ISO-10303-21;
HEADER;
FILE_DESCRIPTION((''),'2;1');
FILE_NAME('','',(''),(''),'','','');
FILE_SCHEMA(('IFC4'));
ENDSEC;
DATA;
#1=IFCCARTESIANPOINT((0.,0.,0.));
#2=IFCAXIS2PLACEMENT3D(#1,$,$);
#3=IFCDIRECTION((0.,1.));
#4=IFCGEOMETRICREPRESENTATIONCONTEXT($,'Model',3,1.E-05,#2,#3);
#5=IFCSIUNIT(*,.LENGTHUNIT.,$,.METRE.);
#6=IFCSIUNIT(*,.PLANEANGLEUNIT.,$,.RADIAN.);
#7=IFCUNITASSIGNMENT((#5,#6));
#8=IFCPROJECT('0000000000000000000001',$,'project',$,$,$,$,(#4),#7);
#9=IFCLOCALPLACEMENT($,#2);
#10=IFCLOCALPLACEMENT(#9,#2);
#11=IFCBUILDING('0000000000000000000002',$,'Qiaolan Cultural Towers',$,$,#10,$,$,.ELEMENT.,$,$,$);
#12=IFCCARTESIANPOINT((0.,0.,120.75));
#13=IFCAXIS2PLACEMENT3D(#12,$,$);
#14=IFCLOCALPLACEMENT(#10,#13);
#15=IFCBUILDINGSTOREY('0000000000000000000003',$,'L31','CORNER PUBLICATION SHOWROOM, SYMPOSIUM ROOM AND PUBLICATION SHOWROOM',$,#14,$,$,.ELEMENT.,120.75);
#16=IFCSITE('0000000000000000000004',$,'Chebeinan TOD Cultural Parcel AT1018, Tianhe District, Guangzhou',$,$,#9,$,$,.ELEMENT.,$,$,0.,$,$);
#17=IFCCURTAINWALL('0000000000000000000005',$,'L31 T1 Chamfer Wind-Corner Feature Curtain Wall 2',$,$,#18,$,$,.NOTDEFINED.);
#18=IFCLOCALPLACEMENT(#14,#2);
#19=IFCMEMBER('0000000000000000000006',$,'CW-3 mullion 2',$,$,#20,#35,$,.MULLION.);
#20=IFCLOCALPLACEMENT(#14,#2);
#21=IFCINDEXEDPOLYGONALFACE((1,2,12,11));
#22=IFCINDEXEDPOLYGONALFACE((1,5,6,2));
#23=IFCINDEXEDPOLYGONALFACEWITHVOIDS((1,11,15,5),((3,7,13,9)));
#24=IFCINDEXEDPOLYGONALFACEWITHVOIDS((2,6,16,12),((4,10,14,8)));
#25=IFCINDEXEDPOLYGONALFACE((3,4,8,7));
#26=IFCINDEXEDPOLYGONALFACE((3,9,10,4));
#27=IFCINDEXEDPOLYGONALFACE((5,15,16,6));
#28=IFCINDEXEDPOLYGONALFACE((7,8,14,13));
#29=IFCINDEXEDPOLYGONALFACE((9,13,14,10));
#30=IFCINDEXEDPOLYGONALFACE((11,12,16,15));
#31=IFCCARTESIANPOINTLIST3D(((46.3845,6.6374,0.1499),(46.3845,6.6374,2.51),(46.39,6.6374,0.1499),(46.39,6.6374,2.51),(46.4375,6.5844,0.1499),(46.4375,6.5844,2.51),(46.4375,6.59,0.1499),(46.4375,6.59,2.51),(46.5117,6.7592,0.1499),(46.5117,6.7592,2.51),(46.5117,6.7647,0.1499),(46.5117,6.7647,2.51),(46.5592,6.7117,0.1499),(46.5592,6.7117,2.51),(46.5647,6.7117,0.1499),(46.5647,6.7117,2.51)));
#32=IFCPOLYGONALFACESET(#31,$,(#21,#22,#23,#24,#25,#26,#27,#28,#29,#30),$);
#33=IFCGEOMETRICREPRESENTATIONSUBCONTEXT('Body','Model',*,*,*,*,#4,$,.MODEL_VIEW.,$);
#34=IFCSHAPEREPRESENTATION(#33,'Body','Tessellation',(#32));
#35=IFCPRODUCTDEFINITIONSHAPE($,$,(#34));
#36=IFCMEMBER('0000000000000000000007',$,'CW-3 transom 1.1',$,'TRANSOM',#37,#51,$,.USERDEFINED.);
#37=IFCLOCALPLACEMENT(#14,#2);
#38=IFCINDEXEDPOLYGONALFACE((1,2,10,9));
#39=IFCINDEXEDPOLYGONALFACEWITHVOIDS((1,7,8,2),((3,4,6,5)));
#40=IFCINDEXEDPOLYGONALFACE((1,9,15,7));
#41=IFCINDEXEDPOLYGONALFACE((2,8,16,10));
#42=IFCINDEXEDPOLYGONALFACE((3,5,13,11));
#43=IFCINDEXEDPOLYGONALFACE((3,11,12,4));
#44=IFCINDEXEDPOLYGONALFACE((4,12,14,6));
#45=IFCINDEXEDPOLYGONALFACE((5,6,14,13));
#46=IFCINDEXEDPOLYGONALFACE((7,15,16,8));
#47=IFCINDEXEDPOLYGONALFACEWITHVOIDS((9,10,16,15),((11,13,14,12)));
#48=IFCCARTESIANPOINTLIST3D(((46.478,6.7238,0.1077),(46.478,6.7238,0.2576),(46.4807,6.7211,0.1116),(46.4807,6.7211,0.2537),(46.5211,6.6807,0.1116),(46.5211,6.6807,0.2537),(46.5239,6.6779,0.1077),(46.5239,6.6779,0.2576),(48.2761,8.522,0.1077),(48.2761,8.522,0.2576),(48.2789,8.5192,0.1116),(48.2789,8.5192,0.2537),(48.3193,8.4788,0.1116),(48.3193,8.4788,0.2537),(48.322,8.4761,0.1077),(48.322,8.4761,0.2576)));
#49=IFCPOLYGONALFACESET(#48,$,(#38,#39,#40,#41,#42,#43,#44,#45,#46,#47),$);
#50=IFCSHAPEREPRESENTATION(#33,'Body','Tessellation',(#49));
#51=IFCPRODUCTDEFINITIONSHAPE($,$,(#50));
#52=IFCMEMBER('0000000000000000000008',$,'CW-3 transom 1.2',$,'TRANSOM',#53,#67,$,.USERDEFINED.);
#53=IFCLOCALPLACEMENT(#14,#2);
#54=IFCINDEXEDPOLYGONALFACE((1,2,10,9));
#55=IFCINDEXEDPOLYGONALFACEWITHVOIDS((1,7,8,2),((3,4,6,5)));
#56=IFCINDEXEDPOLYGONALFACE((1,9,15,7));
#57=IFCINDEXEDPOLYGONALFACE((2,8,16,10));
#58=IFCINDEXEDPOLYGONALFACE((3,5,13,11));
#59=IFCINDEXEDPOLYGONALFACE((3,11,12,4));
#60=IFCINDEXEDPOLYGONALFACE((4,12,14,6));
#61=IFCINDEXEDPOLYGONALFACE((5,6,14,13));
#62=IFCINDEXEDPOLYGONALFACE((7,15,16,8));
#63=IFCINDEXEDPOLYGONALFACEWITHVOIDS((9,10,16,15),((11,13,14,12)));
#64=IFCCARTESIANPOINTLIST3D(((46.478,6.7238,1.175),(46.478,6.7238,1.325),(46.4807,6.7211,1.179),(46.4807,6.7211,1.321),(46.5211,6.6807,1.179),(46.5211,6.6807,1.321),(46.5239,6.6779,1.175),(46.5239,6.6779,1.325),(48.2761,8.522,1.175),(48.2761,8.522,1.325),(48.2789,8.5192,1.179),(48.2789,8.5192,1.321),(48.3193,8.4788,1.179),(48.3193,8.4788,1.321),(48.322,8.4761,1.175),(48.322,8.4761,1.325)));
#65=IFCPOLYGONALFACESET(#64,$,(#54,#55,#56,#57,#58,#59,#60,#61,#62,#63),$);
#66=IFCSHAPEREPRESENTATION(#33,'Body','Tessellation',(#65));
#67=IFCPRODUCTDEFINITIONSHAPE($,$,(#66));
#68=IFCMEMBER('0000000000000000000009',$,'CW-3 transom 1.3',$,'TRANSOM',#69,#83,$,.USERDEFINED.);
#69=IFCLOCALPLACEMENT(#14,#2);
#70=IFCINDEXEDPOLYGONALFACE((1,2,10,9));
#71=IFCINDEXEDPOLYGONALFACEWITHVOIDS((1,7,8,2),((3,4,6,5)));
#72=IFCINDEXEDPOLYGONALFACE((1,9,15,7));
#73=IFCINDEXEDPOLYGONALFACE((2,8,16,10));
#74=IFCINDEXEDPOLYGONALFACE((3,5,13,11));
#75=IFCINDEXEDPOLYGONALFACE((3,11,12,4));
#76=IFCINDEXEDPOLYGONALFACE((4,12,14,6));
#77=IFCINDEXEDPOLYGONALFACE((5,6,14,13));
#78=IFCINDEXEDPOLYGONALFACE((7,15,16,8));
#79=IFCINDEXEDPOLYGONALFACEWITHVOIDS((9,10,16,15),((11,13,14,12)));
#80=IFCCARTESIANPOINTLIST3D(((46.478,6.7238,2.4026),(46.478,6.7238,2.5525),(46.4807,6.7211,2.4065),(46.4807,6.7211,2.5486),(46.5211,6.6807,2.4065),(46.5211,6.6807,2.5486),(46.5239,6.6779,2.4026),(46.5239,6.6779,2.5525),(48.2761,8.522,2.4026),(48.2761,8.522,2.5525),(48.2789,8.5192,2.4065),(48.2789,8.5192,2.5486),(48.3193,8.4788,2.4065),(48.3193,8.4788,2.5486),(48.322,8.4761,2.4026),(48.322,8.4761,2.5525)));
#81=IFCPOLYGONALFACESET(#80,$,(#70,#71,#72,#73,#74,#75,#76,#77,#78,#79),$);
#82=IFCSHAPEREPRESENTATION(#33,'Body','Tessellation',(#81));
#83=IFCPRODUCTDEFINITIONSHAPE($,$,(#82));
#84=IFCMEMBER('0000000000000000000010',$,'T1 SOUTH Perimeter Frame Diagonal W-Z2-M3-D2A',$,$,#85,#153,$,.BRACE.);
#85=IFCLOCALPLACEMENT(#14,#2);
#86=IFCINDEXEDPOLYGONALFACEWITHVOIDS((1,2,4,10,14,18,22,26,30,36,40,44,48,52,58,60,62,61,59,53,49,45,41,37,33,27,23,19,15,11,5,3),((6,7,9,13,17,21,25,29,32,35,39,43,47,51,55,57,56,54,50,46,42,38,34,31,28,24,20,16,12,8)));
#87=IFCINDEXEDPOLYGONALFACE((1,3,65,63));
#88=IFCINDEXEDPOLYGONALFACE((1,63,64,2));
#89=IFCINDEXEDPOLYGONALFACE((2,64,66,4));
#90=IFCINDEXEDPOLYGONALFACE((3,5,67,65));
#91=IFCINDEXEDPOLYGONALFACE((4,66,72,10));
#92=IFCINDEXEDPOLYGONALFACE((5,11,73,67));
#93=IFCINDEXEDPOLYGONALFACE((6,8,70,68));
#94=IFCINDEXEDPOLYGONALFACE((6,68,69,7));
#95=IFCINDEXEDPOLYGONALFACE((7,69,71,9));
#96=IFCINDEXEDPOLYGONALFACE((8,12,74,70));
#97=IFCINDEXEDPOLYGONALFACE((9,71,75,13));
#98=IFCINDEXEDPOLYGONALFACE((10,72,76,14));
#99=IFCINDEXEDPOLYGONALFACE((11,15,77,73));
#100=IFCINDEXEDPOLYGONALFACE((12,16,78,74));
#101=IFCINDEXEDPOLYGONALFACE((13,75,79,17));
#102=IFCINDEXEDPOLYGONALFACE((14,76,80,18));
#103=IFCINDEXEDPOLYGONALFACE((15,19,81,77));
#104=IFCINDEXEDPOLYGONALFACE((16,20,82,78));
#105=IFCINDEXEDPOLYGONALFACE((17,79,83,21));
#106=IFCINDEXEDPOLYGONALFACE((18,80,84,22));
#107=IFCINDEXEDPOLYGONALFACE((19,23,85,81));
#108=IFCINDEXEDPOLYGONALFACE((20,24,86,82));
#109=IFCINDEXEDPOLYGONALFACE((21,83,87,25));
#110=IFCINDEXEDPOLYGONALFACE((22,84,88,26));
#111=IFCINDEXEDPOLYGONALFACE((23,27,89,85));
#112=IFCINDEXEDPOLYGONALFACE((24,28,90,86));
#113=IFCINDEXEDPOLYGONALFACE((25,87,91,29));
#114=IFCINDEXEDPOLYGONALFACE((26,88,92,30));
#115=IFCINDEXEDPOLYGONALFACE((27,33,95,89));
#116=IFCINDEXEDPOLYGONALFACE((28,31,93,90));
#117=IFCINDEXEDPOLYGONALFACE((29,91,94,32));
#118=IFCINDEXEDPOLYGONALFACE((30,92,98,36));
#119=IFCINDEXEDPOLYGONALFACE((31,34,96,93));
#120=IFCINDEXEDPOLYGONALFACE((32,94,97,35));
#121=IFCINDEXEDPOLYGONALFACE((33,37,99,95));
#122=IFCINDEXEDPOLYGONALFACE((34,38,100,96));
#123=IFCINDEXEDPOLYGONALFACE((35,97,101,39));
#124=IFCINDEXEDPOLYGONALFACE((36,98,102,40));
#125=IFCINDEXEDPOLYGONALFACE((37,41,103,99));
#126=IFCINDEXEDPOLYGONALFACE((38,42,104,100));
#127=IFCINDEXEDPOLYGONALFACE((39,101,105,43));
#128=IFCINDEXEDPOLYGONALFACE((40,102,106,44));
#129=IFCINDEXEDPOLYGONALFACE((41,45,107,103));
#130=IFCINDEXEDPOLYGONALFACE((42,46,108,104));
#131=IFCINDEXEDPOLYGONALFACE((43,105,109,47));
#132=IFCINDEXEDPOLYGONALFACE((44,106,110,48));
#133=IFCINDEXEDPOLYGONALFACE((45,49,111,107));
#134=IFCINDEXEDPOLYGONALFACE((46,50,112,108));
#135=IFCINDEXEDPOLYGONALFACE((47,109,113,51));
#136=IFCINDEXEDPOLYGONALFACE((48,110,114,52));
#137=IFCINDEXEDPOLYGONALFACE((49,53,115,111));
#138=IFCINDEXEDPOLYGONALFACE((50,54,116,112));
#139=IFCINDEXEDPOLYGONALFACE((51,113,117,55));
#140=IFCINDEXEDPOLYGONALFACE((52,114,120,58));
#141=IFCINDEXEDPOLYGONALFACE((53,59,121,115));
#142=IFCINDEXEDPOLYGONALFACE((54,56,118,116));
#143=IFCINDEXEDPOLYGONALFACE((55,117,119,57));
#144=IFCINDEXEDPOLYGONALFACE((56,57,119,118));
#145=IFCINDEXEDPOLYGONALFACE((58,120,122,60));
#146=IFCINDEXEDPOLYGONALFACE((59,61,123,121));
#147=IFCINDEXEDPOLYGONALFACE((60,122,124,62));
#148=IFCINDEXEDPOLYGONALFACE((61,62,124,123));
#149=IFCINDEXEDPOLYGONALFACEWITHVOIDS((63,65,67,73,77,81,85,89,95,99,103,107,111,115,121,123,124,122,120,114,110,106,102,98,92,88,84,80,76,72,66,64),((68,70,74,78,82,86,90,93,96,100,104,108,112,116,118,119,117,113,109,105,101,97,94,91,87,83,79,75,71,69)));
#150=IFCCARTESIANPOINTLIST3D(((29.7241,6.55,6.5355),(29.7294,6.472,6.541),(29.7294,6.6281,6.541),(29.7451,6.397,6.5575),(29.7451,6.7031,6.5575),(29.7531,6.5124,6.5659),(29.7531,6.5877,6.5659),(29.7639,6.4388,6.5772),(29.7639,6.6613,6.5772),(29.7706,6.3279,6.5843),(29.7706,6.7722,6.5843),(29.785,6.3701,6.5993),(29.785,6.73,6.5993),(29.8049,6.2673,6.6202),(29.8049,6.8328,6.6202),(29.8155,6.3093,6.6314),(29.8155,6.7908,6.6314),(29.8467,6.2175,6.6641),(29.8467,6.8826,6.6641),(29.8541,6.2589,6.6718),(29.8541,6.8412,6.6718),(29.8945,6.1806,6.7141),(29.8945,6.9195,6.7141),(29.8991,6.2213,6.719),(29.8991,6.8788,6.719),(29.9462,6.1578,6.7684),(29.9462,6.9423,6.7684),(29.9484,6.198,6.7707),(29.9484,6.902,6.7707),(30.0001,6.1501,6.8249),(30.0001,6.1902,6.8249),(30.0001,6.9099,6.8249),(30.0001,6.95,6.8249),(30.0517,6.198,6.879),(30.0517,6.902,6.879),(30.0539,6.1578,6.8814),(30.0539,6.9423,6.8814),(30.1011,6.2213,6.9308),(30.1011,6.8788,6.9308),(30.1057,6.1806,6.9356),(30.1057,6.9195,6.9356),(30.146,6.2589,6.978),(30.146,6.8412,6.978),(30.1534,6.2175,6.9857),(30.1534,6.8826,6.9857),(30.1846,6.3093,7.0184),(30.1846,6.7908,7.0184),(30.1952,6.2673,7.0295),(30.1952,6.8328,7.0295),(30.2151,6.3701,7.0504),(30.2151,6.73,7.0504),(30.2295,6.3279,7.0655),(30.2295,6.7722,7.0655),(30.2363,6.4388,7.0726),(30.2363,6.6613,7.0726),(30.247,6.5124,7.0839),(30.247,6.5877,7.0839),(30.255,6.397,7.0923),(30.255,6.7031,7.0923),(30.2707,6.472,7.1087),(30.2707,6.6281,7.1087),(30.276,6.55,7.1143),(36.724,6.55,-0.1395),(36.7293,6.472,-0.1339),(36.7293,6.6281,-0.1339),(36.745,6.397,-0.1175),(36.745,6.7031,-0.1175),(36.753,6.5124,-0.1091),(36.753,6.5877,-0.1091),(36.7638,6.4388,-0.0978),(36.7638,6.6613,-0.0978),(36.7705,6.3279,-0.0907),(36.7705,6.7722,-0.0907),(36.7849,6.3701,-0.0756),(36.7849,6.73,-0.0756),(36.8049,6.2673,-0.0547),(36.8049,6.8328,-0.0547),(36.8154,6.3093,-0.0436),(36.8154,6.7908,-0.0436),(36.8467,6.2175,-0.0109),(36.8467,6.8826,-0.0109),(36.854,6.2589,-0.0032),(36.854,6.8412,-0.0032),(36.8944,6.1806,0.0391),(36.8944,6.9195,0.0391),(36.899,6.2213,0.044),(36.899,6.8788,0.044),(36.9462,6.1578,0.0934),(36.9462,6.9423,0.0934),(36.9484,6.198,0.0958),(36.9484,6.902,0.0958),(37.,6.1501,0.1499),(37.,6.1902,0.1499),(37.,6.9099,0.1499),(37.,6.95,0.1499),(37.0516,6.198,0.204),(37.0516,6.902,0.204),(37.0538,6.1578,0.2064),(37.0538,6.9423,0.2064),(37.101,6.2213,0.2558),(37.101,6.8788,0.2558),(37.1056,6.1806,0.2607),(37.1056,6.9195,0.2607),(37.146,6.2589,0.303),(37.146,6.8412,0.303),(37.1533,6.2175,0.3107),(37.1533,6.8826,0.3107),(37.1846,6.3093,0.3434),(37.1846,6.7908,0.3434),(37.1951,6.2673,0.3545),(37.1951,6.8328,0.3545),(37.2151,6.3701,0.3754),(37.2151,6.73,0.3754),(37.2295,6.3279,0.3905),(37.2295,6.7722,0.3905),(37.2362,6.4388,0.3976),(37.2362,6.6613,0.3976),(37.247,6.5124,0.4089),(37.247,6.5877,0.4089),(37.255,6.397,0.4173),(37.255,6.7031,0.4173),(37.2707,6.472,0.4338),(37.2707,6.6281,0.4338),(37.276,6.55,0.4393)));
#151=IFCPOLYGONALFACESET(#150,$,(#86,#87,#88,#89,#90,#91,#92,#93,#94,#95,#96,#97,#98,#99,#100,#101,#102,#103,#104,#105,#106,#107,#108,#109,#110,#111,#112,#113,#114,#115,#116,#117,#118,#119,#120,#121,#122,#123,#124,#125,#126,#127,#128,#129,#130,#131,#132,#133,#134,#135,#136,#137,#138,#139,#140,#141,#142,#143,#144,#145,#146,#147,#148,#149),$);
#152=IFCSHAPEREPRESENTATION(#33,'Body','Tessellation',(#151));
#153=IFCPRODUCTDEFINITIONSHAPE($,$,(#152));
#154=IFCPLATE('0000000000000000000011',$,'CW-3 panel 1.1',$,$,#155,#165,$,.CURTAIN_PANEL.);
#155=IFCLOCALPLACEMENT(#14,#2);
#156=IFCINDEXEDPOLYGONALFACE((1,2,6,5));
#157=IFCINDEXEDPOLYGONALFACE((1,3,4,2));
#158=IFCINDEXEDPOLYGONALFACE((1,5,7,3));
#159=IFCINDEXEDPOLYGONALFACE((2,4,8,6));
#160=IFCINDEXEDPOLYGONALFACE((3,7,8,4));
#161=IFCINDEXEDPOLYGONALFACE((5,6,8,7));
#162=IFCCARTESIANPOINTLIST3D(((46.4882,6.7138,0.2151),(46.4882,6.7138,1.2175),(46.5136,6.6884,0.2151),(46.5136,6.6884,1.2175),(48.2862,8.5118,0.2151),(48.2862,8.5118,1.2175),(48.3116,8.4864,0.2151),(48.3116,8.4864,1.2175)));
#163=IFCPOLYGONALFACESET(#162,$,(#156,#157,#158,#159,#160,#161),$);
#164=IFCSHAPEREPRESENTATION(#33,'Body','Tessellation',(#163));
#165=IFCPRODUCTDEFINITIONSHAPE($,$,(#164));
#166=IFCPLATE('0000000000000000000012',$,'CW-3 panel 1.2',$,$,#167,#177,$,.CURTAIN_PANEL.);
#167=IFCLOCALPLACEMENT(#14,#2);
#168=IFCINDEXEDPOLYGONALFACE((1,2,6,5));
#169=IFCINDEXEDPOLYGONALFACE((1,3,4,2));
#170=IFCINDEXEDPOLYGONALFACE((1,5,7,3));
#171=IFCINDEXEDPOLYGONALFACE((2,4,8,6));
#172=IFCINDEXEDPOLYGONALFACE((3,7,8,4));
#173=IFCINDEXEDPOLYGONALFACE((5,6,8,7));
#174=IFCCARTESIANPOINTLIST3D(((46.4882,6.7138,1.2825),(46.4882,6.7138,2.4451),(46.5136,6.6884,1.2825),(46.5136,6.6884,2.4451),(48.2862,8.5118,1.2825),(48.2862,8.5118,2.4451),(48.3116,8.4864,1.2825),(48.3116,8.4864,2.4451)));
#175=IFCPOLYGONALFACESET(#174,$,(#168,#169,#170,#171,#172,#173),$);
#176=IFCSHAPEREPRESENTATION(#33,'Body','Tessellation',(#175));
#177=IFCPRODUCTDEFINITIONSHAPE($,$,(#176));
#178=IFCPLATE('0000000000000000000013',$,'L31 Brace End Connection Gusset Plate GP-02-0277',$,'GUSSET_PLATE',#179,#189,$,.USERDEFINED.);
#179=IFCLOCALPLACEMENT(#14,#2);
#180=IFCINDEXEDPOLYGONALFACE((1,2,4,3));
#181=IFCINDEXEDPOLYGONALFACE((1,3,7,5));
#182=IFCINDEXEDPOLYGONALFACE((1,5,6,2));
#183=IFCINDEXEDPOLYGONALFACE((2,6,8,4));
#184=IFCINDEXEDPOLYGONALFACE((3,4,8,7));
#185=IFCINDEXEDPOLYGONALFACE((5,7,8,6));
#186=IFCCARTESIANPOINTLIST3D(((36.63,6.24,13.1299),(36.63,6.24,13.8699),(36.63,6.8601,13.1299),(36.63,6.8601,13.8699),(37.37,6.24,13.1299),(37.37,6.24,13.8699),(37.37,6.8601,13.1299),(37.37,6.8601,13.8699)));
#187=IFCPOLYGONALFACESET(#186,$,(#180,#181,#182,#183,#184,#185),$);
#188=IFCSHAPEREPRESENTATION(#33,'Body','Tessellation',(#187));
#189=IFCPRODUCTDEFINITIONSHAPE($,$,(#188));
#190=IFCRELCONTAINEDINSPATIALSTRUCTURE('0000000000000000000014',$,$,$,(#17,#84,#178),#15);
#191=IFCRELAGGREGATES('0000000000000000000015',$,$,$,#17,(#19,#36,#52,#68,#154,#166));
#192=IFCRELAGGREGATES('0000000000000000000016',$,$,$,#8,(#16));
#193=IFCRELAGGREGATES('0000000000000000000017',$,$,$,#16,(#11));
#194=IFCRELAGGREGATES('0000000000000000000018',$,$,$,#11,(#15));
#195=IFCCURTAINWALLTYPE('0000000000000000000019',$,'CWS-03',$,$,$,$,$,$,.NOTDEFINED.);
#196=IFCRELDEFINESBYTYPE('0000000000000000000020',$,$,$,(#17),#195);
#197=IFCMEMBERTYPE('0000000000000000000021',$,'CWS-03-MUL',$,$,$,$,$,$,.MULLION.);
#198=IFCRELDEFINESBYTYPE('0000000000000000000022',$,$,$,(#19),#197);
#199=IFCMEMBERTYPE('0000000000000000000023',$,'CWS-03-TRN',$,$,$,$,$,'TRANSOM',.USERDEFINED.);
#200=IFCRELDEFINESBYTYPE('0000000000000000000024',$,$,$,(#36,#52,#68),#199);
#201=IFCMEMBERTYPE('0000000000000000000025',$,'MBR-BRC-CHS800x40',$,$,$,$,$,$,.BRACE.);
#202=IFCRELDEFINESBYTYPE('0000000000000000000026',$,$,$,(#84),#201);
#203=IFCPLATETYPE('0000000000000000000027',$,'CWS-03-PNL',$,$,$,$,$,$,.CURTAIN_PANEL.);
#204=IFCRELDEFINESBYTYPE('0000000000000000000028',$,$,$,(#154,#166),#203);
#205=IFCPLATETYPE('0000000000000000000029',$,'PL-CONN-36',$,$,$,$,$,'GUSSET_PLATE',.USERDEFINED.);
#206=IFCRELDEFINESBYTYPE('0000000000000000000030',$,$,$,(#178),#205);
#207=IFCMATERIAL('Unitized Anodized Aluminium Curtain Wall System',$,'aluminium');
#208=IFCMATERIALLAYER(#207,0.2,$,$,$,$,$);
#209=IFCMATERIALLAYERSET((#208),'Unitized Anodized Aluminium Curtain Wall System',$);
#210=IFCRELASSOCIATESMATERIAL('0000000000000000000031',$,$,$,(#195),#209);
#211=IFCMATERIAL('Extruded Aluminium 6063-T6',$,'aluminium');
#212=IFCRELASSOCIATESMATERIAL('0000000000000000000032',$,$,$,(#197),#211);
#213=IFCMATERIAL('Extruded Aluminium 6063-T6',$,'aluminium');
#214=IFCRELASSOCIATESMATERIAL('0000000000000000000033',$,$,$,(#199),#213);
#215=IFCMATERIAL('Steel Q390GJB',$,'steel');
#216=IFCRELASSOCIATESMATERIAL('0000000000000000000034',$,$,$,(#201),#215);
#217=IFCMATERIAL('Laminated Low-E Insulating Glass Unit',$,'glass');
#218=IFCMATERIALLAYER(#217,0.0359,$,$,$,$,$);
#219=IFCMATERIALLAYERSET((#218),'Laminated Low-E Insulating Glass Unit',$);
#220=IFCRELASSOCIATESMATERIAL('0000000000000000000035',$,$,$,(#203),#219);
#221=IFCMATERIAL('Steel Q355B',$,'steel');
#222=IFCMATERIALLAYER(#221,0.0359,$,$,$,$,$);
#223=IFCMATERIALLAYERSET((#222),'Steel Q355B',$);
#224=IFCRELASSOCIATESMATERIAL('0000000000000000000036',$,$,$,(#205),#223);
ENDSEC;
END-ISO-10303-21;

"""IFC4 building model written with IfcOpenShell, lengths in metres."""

from ifc_helpers import new_model, si_unit, direction, frame, origin, origin_2d, place, context, subcontext, project, spatial, rectangle, hollow_rectangle, hollow_circle, extrude, material, layer, layer_set, material_profile, profile_set, type_object, element, aggregate, save


model = new_model("IFC4")

# Units and contexts
model_context = context("Model", 3, precision=1e-05, world=origin(), true_north=direction((0.0, 1.0)))
body_context = subcontext(model_context, "Body", "Model", "MODEL_VIEW")
ifc_project = project(units=[si_unit("LENGTHUNIT", "METRE"), si_unit("PLANEANGLEUNIT", "RADIAN")], contexts=[model_context])

# Site, building, storey
site_placement = place(None, origin())
site = spatial("IfcSite", under=ifc_project, at=site_placement, Name="Chebeinan TOD Cultural Parcel AT1018, Tianhe District, Guangzhou", CompositionType="ELEMENT", RefElevation=0.0)
building_placement = place(site_placement, origin())
building = spatial("IfcBuilding", under=site, at=building_placement, Name="Qiaolan Cultural Towers", CompositionType="ELEMENT")
storey_placement = place(building_placement, frame((0.0, 0.0, 120.75)))
storey = spatial("IfcBuildingStorey", under=building, at=storey_placement, Name="L31", Description="CORNER PUBLICATION SHOWROOM, SYMPOSIUM ROOM AND PUBLICATION SHOWROOM", CompositionType="ELEMENT", Elevation=120.75)

# Curtain wall, members
ifc_material_1 = material(Name="Unitized Anodized Aluminium Curtain Wall System", Category="aluminium")
ifc_layer_1 = layer(ifc_material_1, 0.2)
ifc_layer_set_1 = layer_set([ifc_layer_1], Name="Unitized Anodized Aluminium Curtain Wall System")
curtain_wall_type = type_object("IfcCurtainWallType", Name="CWS-03", PredefinedType="NOTDEFINED", material=ifc_layer_set_1)
curtain_wall_placement = place(storey_placement, origin())
curtain_wall = element("IfcCurtainWall", 1, at=curtain_wall_placement, inside=storey, type_object=curtain_wall_type, Name="L31 T1 Chamfer Wind-Corner Feature Curtain Wall 2", PredefinedType="NOTDEFINED")
ifc_material_2 = material(Name="Extruded Aluminium 6063-T6", Category="aluminium")
ifc_material_profile_1 = material_profile(ifc_material_2, hollow_rectangle(XDim=0.075, YDim=0.1799, WallThickness=0.0039, at=origin_2d()), Name="CWM-180x75x4")
ifc_profile_set_1 = profile_set([ifc_material_profile_1], Name="Extruded Aluminium 6063-T6")
member_type_1 = type_object("IfcMemberType", Name="CWS-03-MUL", PredefinedType="MULLION", material=ifc_profile_set_1)
member_1_placement = place(storey_placement, frame((46.4746, 6.6746, 0.1499), z_axis=(0.0, 0.0, 1.0), x_axis=(0.707107, -0.707107, 0.0)))
member_1 = element("IfcMember", 2, at=member_1_placement, type_object=member_type_1, Name="CW-3 mullion 2", PredefinedType="MULLION", context=body_context, shape_type="SweptSolid", body=[
    extrude(hollow_rectangle(XDim=0.075, YDim=0.1799, WallThickness=0.0039, at=origin_2d()), origin(), (0.0, 0.0, 1.0), 2.3601),
])
ifc_material_3 = material(Name="Extruded Aluminium 6063-T6", Category="aluminium")
ifc_material_profile_2 = material_profile(ifc_material_3, hollow_rectangle(XDim=0.0649, YDim=0.1499, WallThickness=0.0039, at=origin_2d()), Name="CWT-150x65x4")
ifc_profile_set_2 = profile_set([ifc_material_profile_2], Name="Extruded Aluminium 6063-T6")
member_type_2 = type_object("IfcMemberType", Name="CWS-03-TRN", ElementType="TRANSOM", PredefinedType="USERDEFINED", material=ifc_profile_set_2)
member_2_placement = place(storey_placement, frame((48.2991, 8.499, 0.1826), z_axis=(-0.707107, -0.707107, 0.0), x_axis=(0.707107, -0.707107, 0.0)))
member_2 = element("IfcMember", 3, at=member_2_placement, type_object=member_type_2, Name="CW-3 transom 1.1", ObjectType="TRANSOM", PredefinedType="USERDEFINED", context=body_context, shape_type="SweptSolid", body=[
    extrude(hollow_rectangle(XDim=0.0649, YDim=0.1499, WallThickness=0.0039, at=origin_2d()), origin(), (0.0, 0.0, 1.0), 2.543),
])
member_3_placement = place(storey_placement, frame((48.2991, 8.499, 1.25), z_axis=(-0.707107, -0.707107, 0.0), x_axis=(0.707107, -0.707107, 0.0)))
member_3 = element("IfcMember", 4, at=member_3_placement, type_object=member_type_2, Name="CW-3 transom 1.2", ObjectType="TRANSOM", PredefinedType="USERDEFINED", context=body_context, shape_type="SweptSolid", body=[
    extrude(hollow_rectangle(XDim=0.0649, YDim=0.1499, WallThickness=0.0039, at=origin_2d()), origin(), (0.0, 0.0, 1.0), 2.543),
])
member_4_placement = place(storey_placement, frame((48.2991, 8.499, 2.4775), z_axis=(-0.707107, -0.707107, 0.0), x_axis=(0.707107, -0.707107, 0.0)))
member_4 = element("IfcMember", 5, at=member_4_placement, type_object=member_type_2, Name="CW-3 transom 1.3", ObjectType="TRANSOM", PredefinedType="USERDEFINED", context=body_context, shape_type="SweptSolid", body=[
    extrude(hollow_rectangle(XDim=0.0649, YDim=0.1499, WallThickness=0.0039, at=origin_2d()), origin(), (0.0, 0.0, 1.0), 2.543),
])

# Member
ifc_material_4 = material(Name="Steel Q390GJB", Category="steel")
ifc_material_profile_3 = material_profile(ifc_material_4, hollow_circle(Radius=0.3999, WallThickness=0.04, at=origin_2d()), Name="CHS800x40")
ifc_profile_set_3 = profile_set([ifc_material_profile_3], Name="Steel Q390GJB")
member_type_3 = type_object("IfcMemberType", Name="MBR-BRC-CHS800x40", PredefinedType="BRACE", material=ifc_profile_set_3)
member_5_placement = place(storey_placement, frame((37.0, 6.55, 0.1499), z_axis=(-0.723705, 0.0, 0.690109), x_axis=(0.0, -1.0, 0.0)))
element("IfcMember", 6, at=member_5_placement, inside=storey, type_object=member_type_3, Name="T1 SOUTH Perimeter Frame Diagonal W-Z2-M3-D2A", PredefinedType="BRACE", context=body_context, shape_type="SweptSolid", body=[
    extrude(hollow_circle(Radius=0.3999, WallThickness=0.04, at=origin_2d()), origin(), (0.0, 0.0, 1.0), 9.6724),
])

# Plates
ifc_material_5 = material(Name="Laminated Low-E Insulating Glass Unit", Category="glass")
ifc_layer_2 = layer(ifc_material_5, 0.0359)
ifc_layer_set_2 = layer_set([ifc_layer_2], Name="Laminated Low-E Insulating Glass Unit")
plate_type_1 = type_object("IfcPlateType", Name="CWS-03-PNL", PredefinedType="CURTAIN_PANEL", material=ifc_layer_set_2)
plate_1_placement = place(storey_placement, frame((47.3999, 7.6001, 0.2151), z_axis=(0.0, 0.0, 1.0), x_axis=(-0.707107, -0.707107, 0.0)))
plate_1 = element("IfcPlate", 7, at=plate_1_placement, type_object=plate_type_1, Name="CW-3 panel 1.1", PredefinedType="CURTAIN_PANEL", context=body_context, shape_type="SweptSolid", body=[
    extrude(rectangle(XDim=2.5427, YDim=0.0359, at=origin_2d()), origin(), (0.0, 0.0, 1.0), 1.0024),
])
plate_2_placement = place(storey_placement, frame((47.3999, 7.6001, 1.2825), z_axis=(0.0, 0.0, 1.0), x_axis=(-0.707107, -0.707107, 0.0)))
plate_2 = element("IfcPlate", 8, at=plate_2_placement, type_object=plate_type_1, Name="CW-3 panel 1.2", PredefinedType="CURTAIN_PANEL", context=body_context, shape_type="SweptSolid", body=[
    extrude(rectangle(XDim=2.5427, YDim=0.0359, at=origin_2d()), origin(), (0.0, 0.0, 1.0), 1.1626),
])
aggregate(curtain_wall, [member_1, member_2, member_3, member_4, plate_1, plate_2])

# Plate
ifc_material_6 = material(Name="Steel Q355B", Category="steel")
ifc_layer_3 = layer(ifc_material_6, 0.0359)
ifc_layer_set_3 = layer_set([ifc_layer_3], Name="Steel Q355B")
plate_type_2 = type_object("IfcPlateType", Name="PL-CONN-36", ElementType="GUSSET_PLATE", PredefinedType="USERDEFINED", material=ifc_layer_set_3)
for number, where, z_axis, x_axis, name in (
    (9, (37.0, 6.55, 13.1299), (0.0, 0.0, 1.0), (1.0, 0.0, 0.0), "L31 Brace End Connection Gusset Plate GP-02-0277"),
):
    element("IfcPlate", number, at=place(storey_placement, frame(where, z_axis=z_axis, x_axis=x_axis)), inside=storey, type_object=plate_type_2, Name=name, ObjectType="GUSSET_PLATE", PredefinedType="USERDEFINED", context=body_context, shape_type="SweptSolid", body=[
        extrude(rectangle(XDim=0.74, YDim=0.6201, at=origin_2d()), origin(), (0.0, 0.0, 1.0), 0.74),
    ])

save(model, "model.ifc")
